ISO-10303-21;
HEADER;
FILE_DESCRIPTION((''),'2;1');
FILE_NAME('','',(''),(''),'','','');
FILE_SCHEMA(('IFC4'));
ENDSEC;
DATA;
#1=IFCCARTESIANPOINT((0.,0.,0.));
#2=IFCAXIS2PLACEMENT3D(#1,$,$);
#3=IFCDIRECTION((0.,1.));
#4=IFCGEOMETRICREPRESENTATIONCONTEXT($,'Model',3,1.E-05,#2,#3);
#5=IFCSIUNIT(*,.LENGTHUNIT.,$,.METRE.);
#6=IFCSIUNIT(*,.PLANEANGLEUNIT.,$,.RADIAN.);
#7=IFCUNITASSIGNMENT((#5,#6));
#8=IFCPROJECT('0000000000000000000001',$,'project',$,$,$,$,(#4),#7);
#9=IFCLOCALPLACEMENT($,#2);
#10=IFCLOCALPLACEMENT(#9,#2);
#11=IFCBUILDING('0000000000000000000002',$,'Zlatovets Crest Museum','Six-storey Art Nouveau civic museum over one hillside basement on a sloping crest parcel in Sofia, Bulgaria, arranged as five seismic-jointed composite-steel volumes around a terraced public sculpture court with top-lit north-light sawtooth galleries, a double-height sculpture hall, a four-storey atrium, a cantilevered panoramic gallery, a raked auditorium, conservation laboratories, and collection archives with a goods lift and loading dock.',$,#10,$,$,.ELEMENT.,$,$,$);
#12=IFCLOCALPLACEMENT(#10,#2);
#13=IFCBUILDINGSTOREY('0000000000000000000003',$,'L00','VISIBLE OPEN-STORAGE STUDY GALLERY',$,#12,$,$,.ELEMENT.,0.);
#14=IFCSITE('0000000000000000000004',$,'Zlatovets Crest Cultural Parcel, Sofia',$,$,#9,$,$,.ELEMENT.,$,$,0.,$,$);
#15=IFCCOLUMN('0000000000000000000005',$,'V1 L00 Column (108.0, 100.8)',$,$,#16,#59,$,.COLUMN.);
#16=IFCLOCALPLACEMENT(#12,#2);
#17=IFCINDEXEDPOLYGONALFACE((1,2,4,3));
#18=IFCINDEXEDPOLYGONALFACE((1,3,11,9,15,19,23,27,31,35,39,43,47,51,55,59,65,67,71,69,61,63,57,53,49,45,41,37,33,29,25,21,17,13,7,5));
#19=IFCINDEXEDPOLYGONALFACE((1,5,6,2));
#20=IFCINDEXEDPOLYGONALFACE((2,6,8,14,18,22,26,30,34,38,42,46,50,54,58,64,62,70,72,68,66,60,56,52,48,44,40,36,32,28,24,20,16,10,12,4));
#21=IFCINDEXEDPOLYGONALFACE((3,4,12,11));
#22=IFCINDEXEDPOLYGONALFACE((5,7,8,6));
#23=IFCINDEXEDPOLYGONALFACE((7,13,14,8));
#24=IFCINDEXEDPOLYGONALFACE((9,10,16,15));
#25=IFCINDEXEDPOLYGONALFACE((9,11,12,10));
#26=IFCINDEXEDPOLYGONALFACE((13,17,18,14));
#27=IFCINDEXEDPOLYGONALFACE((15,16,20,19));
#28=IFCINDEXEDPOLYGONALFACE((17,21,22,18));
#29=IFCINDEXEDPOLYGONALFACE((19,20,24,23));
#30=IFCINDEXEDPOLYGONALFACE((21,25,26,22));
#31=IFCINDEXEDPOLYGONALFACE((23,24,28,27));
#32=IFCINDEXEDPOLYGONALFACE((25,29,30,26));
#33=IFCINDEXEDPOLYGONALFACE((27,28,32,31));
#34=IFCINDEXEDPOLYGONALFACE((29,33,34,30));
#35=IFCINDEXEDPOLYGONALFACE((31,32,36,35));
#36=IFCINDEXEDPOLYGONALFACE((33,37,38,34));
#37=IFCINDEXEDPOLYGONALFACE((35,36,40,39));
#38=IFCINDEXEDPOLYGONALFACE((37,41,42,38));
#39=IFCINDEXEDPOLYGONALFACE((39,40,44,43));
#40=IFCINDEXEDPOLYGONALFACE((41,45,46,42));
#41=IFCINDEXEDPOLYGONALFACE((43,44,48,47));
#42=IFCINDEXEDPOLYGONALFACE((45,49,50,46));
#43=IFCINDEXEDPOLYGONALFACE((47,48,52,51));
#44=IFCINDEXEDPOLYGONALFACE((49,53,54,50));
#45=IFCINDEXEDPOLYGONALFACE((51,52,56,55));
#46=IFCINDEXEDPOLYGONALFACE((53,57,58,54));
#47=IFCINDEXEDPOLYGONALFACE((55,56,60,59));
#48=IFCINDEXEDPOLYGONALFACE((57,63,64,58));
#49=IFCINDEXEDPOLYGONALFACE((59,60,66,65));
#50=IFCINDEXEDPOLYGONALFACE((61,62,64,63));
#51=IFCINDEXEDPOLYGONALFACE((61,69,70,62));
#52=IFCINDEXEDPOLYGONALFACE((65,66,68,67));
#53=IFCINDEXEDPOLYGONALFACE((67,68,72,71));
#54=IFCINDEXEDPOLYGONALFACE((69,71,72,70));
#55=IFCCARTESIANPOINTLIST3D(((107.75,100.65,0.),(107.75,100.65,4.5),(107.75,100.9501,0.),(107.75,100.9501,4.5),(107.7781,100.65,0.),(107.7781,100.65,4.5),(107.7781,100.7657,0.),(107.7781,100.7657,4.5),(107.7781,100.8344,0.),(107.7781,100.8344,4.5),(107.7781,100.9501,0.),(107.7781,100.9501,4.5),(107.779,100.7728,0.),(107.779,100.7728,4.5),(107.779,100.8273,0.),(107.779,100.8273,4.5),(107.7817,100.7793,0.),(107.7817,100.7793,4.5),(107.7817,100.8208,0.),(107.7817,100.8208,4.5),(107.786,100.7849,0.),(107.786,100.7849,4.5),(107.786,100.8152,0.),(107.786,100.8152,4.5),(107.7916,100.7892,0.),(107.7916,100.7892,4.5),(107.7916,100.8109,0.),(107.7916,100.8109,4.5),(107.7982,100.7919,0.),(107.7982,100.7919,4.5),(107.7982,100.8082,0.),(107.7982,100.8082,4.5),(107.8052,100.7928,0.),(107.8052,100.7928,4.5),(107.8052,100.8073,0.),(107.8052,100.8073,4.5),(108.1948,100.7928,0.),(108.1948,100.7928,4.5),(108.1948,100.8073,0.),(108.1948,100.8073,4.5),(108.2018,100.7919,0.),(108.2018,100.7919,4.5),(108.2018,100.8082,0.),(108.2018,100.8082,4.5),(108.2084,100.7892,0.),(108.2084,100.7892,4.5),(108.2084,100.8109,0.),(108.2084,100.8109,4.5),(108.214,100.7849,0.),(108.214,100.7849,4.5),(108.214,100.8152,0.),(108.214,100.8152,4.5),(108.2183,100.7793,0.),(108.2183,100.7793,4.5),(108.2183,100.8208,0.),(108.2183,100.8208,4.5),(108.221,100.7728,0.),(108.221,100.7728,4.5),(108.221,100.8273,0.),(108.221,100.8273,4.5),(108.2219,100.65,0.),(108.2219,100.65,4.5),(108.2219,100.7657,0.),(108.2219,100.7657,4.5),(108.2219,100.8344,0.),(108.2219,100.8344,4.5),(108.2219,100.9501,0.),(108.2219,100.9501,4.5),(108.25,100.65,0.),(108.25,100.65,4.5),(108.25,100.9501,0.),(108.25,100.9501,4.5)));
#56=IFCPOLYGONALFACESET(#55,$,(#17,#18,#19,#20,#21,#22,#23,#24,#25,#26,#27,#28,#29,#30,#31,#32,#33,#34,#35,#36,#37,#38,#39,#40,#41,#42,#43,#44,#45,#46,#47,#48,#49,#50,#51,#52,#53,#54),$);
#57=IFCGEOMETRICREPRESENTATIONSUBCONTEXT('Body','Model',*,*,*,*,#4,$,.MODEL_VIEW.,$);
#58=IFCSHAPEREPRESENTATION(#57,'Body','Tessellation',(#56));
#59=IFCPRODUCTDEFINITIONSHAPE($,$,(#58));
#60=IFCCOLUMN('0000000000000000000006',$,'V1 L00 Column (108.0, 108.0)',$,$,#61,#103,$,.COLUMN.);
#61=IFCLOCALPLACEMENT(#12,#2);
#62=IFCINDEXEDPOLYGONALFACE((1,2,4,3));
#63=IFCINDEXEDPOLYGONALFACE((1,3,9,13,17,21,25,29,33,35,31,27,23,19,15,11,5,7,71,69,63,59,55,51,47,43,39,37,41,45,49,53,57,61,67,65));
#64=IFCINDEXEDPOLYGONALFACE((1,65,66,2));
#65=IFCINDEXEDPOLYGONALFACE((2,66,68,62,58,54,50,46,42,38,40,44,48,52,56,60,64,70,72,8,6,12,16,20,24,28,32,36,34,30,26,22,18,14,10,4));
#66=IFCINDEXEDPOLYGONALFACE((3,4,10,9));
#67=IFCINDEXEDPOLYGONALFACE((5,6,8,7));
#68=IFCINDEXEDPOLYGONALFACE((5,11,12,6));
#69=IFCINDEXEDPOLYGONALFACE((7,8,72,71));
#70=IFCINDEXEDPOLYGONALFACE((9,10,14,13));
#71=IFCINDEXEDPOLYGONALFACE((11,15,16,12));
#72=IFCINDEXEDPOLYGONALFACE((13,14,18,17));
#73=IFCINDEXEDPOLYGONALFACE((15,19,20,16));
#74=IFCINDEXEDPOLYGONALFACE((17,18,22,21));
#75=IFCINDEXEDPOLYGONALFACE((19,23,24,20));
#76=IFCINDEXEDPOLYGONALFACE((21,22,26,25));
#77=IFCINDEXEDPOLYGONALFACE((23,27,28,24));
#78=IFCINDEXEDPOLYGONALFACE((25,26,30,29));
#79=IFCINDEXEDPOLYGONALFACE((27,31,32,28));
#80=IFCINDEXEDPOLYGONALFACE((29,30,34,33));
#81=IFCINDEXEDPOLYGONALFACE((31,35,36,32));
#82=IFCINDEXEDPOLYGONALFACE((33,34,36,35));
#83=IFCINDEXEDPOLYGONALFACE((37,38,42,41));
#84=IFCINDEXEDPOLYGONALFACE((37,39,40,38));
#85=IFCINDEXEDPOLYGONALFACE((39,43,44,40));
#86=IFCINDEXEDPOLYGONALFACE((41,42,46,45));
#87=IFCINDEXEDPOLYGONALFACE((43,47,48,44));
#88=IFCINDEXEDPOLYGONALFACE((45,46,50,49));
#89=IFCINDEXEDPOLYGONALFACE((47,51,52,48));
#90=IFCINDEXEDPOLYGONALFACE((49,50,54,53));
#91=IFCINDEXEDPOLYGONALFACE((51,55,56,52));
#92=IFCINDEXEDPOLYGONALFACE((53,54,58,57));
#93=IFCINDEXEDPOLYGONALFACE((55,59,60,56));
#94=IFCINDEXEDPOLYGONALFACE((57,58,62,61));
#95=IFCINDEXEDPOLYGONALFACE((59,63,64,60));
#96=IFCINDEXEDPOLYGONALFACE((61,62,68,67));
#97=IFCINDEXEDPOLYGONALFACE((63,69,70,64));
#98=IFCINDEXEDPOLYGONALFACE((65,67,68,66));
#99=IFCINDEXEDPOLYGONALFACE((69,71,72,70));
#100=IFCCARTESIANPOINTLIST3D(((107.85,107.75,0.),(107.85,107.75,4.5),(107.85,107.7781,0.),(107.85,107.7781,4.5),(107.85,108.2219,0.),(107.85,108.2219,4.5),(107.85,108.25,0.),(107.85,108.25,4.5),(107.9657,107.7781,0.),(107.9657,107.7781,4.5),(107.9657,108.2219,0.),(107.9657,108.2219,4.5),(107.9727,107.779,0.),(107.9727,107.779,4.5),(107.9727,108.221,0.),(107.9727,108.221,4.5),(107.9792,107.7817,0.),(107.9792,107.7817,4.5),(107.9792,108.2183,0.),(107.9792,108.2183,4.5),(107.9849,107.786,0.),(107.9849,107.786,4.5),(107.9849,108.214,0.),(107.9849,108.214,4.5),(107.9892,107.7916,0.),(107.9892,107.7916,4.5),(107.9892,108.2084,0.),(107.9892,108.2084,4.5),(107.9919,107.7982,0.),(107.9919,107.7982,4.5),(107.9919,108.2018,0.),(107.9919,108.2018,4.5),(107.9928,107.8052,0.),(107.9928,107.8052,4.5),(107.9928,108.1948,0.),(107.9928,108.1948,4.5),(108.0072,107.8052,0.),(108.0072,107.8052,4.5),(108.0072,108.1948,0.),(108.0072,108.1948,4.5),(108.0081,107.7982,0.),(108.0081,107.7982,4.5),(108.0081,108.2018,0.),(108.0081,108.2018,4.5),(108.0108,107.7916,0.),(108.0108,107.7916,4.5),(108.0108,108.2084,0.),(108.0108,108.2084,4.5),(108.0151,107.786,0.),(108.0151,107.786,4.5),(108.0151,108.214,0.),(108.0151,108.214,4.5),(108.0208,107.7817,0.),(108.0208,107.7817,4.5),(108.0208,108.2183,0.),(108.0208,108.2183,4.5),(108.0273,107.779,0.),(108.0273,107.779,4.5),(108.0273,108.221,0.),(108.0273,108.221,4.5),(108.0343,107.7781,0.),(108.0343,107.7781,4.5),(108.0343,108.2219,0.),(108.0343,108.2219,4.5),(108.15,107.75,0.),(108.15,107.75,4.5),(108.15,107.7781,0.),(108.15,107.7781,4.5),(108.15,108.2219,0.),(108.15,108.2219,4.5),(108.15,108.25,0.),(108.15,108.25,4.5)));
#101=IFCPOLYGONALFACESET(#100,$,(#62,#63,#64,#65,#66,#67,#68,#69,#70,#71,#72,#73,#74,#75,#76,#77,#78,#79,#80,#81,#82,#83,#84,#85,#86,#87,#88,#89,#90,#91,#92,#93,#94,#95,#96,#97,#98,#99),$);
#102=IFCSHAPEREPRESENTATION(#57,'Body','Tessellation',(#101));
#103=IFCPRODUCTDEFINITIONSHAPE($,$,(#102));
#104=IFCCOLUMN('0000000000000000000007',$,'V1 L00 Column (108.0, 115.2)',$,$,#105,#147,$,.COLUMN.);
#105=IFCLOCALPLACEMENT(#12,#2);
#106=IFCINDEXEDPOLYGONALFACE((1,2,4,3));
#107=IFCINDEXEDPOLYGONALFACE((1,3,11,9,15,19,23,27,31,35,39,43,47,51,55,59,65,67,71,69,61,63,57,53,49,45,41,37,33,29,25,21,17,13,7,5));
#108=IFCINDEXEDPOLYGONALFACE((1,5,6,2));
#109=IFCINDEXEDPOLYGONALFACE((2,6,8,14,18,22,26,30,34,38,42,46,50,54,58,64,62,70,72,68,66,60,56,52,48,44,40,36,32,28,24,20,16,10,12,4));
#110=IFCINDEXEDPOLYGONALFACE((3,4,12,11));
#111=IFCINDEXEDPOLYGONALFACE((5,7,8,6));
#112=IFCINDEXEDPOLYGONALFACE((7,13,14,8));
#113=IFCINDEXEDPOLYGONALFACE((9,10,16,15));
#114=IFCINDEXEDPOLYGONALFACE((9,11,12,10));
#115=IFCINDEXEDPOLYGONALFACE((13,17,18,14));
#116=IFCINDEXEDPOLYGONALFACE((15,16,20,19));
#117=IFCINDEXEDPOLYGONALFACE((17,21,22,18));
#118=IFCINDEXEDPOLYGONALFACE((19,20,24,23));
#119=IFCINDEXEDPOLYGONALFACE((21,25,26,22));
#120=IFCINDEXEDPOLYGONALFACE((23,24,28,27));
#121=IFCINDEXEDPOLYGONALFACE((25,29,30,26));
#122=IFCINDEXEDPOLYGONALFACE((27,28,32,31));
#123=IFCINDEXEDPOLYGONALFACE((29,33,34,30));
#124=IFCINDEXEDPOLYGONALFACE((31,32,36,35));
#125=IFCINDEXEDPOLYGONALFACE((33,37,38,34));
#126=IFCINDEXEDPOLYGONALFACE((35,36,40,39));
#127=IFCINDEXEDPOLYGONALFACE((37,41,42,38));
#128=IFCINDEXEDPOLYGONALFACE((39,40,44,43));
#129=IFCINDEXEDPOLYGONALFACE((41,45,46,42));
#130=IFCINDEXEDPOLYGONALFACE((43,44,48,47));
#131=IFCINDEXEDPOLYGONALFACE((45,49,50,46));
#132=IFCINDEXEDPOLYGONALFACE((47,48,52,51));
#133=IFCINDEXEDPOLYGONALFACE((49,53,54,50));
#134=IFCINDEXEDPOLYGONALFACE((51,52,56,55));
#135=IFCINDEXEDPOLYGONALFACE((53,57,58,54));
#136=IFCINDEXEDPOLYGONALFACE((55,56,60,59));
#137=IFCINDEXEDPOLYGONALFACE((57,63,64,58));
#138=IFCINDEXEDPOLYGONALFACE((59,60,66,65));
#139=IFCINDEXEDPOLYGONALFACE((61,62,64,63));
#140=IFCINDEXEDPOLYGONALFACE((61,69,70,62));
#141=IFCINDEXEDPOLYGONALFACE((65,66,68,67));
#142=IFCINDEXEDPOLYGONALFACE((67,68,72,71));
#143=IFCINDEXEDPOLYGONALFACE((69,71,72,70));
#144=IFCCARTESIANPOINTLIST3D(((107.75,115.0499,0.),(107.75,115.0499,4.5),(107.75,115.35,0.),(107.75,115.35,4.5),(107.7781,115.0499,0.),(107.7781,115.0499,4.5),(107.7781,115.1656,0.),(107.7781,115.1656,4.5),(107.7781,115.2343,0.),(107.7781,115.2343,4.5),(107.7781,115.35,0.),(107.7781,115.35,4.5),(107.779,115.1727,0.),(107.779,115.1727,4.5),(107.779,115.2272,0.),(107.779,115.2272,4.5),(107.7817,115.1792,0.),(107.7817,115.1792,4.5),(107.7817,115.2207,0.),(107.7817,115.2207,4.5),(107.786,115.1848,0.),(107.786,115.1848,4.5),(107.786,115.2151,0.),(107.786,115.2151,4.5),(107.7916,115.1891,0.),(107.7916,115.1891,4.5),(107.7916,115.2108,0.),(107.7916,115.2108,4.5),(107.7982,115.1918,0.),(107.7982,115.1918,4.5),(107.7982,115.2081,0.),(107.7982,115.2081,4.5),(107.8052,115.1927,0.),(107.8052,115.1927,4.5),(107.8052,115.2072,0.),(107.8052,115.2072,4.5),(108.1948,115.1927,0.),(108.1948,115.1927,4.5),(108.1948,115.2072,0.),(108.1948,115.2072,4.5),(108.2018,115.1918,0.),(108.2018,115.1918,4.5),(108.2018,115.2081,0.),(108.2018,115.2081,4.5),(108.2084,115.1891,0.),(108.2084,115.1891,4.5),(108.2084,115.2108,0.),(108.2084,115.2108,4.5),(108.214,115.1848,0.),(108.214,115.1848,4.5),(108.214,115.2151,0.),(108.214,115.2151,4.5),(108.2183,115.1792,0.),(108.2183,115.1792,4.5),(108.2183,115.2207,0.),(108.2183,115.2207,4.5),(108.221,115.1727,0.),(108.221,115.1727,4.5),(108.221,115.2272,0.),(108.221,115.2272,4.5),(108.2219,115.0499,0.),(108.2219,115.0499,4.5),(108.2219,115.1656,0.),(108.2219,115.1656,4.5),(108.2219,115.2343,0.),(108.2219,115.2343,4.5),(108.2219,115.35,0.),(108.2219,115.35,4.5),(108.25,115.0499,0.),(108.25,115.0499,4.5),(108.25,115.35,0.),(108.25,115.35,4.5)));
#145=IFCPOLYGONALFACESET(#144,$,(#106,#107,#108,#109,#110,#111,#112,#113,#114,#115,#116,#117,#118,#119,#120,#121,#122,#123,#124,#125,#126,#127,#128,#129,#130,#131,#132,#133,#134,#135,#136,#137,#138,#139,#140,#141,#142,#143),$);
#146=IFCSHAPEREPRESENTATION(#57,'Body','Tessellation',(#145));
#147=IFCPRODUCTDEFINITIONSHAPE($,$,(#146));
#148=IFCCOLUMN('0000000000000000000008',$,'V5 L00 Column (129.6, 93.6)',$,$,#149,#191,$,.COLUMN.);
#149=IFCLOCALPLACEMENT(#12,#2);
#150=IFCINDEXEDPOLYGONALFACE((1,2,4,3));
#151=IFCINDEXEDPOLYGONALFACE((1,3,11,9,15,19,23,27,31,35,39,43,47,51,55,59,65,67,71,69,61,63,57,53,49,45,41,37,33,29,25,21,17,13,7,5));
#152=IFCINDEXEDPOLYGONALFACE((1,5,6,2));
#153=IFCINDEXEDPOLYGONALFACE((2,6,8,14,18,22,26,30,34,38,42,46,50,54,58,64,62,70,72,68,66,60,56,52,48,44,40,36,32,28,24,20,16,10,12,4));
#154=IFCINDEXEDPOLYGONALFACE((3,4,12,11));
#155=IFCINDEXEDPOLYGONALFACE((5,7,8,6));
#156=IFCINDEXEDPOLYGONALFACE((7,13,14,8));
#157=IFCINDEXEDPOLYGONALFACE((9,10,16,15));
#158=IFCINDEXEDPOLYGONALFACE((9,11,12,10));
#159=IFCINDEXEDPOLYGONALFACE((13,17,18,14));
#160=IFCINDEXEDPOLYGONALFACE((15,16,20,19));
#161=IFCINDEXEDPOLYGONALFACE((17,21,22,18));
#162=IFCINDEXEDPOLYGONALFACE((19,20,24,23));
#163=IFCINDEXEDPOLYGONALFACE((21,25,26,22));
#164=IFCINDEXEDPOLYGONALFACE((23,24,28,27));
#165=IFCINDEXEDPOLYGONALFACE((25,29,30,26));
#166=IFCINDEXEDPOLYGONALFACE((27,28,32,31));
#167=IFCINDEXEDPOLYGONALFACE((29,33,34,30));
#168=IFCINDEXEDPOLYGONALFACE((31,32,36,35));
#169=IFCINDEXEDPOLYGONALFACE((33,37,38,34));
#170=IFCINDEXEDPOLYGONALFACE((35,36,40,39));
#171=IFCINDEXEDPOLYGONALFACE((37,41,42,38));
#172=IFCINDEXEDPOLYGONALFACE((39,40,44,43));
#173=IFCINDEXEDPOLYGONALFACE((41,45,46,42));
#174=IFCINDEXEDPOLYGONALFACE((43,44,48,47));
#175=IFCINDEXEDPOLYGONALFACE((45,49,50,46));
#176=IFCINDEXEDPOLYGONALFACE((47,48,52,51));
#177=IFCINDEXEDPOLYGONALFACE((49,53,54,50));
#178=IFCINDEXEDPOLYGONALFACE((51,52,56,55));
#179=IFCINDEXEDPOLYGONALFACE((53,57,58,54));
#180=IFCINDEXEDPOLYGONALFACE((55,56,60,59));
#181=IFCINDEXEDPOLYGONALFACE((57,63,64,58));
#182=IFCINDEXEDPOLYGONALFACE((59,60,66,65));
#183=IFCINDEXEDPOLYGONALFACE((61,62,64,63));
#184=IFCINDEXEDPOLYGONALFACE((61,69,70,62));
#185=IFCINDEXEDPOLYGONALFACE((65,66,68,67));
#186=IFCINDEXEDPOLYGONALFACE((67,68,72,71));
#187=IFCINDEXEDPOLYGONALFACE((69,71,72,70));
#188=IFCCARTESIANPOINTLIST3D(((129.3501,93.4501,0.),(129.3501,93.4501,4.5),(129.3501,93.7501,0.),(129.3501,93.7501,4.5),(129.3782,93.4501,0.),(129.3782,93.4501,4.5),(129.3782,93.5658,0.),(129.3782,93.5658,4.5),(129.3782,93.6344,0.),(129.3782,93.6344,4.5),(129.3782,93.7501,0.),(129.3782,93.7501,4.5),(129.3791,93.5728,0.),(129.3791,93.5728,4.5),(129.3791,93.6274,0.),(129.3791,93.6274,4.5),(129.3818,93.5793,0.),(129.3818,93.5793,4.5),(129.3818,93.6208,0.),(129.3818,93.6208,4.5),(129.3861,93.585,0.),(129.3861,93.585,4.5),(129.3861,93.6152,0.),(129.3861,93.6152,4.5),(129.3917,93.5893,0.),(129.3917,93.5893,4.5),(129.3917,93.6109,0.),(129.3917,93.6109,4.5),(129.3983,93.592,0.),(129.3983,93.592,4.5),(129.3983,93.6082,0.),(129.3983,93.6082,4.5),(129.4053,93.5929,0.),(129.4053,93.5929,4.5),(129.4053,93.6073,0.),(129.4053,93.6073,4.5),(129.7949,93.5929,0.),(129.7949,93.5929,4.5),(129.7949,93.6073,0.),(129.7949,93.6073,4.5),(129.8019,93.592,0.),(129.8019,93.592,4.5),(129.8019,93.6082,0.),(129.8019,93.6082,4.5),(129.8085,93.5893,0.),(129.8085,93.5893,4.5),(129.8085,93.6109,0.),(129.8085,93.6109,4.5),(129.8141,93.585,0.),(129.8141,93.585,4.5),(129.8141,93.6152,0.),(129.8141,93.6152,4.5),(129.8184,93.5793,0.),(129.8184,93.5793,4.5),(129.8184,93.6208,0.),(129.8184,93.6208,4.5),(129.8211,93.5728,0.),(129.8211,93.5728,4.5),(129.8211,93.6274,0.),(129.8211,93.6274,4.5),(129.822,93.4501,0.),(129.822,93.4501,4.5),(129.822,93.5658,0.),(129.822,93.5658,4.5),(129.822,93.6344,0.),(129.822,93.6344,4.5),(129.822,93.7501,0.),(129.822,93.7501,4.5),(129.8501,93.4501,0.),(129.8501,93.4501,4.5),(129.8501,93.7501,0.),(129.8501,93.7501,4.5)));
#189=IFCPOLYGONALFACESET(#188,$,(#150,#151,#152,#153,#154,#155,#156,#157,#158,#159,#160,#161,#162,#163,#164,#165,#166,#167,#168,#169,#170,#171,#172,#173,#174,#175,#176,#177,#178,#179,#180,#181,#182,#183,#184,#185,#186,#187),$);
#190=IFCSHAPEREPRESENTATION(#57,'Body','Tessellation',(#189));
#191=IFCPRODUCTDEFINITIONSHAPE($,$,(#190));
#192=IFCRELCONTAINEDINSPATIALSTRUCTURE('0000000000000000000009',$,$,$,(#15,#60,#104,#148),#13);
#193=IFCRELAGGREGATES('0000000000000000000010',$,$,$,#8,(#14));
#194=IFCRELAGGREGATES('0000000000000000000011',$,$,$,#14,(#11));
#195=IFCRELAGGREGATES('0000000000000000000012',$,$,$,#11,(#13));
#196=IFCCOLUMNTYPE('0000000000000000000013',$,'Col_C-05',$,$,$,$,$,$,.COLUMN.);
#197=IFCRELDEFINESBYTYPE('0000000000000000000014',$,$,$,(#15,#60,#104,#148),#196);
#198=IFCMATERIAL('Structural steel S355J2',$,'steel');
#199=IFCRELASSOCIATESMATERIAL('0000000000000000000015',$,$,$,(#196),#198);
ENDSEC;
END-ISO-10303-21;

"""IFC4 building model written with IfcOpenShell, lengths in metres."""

from ifc_helpers import new_model, si_unit, direction, frame, origin, origin_2d, place, context, subcontext, project, spatial, i_section, extrude, material, material_profile, profile_set, type_object, element, save


model = new_model("IFC4")

# Units and contexts
model_context = context("Model", 3, precision=1e-05, world=origin(), true_north=direction((0.0, 1.0)))
body_context = subcontext(model_context, "Body", "Model", "MODEL_VIEW")
ifc_project = project(units=[si_unit("LENGTHUNIT", "METRE"), si_unit("PLANEANGLEUNIT", "RADIAN")], contexts=[model_context])

# Site, building, storey
site_placement = place(None, origin())
site = spatial("IfcSite", under=ifc_project, at=site_placement, Name="Zlatovets Crest Cultural Parcel, Sofia", CompositionType="ELEMENT", RefElevation=0.0)
building_placement = place(site_placement, origin())
building = spatial("IfcBuilding", under=site, at=building_placement, Name="Zlatovets Crest Museum", Description="Six-storey Art Nouveau civic museum over one hillside basement on a sloping crest parcel in Sofia, Bulgaria, arranged as five seismic-jointed composite-steel volumes around a terraced public sculpture court with top-lit north-light sawtooth galleries, a double-height sculpture hall, a four-storey atrium, a cantilevered panoramic gallery, a raked auditorium, conservation laboratories, and collection archives with a goods lift and loading dock.", CompositionType="ELEMENT")
storey_placement = place(building_placement, origin())
storey = spatial("IfcBuildingStorey", under=building, at=storey_placement, Name="L00", Description="VISIBLE OPEN-STORAGE STUDY GALLERY", CompositionType="ELEMENT", Elevation=0.0)

# Columns
ifc_material_1 = material(Name="Structural steel S355J2", Category="steel")
ifc_material_profile_1 = material_profile(ifc_material_1, i_section(OverallWidth=0.3, OverallDepth=0.5, WebThickness=0.0144, FlangeThickness=0.0281, FilletRadius=0.0271, at=origin_2d()), Name="HEB 500")
ifc_profile_set_1 = profile_set([ifc_material_profile_1], Name="Structural steel S355J2")
column_type = type_object("IfcColumnType", Name="Col_C-05", PredefinedType="COLUMN", material=ifc_profile_set_1)
for number, where, z_axis, x_axis, name in (
    (1, (108.0, 100.8, 0.0), (0.0, 0.0, 1.0), (0.0, 1.0, 0.0), "V1 L00 Column (108.0, 100.8)"),
    (2, (108.0, 108.0, 0.0), (0.0, 0.0, 1.0), (1.0, 0.0, 0.0), "V1 L00 Column (108.0, 108.0)"),
    (3, (108.0, 115.2, 0.0), (0.0, 0.0, 1.0), (0.0, 1.0, 0.0), "V1 L00 Column (108.0, 115.2)"),
    (4, (129.6001, 93.6001, 0.0), (0.0, 0.0, 1.0), (0.0, 1.0, 0.0), "V5 L00 Column (129.6, 93.6)"),
):
    element("IfcColumn", number, at=place(storey_placement, frame(where, z_axis=z_axis, x_axis=x_axis)), inside=storey, type_object=column_type, Name=name, PredefinedType="COLUMN", context=body_context, shape_type="SweptSolid", body=[
        extrude(i_section(OverallWidth=0.3, OverallDepth=0.5, WebThickness=0.0144, FlangeThickness=0.0281, FilletRadius=0.0271, at=origin_2d()), origin(), (0.0, 0.0, 1.0), 4.5),
    ])

save(model, "model.ifc")
